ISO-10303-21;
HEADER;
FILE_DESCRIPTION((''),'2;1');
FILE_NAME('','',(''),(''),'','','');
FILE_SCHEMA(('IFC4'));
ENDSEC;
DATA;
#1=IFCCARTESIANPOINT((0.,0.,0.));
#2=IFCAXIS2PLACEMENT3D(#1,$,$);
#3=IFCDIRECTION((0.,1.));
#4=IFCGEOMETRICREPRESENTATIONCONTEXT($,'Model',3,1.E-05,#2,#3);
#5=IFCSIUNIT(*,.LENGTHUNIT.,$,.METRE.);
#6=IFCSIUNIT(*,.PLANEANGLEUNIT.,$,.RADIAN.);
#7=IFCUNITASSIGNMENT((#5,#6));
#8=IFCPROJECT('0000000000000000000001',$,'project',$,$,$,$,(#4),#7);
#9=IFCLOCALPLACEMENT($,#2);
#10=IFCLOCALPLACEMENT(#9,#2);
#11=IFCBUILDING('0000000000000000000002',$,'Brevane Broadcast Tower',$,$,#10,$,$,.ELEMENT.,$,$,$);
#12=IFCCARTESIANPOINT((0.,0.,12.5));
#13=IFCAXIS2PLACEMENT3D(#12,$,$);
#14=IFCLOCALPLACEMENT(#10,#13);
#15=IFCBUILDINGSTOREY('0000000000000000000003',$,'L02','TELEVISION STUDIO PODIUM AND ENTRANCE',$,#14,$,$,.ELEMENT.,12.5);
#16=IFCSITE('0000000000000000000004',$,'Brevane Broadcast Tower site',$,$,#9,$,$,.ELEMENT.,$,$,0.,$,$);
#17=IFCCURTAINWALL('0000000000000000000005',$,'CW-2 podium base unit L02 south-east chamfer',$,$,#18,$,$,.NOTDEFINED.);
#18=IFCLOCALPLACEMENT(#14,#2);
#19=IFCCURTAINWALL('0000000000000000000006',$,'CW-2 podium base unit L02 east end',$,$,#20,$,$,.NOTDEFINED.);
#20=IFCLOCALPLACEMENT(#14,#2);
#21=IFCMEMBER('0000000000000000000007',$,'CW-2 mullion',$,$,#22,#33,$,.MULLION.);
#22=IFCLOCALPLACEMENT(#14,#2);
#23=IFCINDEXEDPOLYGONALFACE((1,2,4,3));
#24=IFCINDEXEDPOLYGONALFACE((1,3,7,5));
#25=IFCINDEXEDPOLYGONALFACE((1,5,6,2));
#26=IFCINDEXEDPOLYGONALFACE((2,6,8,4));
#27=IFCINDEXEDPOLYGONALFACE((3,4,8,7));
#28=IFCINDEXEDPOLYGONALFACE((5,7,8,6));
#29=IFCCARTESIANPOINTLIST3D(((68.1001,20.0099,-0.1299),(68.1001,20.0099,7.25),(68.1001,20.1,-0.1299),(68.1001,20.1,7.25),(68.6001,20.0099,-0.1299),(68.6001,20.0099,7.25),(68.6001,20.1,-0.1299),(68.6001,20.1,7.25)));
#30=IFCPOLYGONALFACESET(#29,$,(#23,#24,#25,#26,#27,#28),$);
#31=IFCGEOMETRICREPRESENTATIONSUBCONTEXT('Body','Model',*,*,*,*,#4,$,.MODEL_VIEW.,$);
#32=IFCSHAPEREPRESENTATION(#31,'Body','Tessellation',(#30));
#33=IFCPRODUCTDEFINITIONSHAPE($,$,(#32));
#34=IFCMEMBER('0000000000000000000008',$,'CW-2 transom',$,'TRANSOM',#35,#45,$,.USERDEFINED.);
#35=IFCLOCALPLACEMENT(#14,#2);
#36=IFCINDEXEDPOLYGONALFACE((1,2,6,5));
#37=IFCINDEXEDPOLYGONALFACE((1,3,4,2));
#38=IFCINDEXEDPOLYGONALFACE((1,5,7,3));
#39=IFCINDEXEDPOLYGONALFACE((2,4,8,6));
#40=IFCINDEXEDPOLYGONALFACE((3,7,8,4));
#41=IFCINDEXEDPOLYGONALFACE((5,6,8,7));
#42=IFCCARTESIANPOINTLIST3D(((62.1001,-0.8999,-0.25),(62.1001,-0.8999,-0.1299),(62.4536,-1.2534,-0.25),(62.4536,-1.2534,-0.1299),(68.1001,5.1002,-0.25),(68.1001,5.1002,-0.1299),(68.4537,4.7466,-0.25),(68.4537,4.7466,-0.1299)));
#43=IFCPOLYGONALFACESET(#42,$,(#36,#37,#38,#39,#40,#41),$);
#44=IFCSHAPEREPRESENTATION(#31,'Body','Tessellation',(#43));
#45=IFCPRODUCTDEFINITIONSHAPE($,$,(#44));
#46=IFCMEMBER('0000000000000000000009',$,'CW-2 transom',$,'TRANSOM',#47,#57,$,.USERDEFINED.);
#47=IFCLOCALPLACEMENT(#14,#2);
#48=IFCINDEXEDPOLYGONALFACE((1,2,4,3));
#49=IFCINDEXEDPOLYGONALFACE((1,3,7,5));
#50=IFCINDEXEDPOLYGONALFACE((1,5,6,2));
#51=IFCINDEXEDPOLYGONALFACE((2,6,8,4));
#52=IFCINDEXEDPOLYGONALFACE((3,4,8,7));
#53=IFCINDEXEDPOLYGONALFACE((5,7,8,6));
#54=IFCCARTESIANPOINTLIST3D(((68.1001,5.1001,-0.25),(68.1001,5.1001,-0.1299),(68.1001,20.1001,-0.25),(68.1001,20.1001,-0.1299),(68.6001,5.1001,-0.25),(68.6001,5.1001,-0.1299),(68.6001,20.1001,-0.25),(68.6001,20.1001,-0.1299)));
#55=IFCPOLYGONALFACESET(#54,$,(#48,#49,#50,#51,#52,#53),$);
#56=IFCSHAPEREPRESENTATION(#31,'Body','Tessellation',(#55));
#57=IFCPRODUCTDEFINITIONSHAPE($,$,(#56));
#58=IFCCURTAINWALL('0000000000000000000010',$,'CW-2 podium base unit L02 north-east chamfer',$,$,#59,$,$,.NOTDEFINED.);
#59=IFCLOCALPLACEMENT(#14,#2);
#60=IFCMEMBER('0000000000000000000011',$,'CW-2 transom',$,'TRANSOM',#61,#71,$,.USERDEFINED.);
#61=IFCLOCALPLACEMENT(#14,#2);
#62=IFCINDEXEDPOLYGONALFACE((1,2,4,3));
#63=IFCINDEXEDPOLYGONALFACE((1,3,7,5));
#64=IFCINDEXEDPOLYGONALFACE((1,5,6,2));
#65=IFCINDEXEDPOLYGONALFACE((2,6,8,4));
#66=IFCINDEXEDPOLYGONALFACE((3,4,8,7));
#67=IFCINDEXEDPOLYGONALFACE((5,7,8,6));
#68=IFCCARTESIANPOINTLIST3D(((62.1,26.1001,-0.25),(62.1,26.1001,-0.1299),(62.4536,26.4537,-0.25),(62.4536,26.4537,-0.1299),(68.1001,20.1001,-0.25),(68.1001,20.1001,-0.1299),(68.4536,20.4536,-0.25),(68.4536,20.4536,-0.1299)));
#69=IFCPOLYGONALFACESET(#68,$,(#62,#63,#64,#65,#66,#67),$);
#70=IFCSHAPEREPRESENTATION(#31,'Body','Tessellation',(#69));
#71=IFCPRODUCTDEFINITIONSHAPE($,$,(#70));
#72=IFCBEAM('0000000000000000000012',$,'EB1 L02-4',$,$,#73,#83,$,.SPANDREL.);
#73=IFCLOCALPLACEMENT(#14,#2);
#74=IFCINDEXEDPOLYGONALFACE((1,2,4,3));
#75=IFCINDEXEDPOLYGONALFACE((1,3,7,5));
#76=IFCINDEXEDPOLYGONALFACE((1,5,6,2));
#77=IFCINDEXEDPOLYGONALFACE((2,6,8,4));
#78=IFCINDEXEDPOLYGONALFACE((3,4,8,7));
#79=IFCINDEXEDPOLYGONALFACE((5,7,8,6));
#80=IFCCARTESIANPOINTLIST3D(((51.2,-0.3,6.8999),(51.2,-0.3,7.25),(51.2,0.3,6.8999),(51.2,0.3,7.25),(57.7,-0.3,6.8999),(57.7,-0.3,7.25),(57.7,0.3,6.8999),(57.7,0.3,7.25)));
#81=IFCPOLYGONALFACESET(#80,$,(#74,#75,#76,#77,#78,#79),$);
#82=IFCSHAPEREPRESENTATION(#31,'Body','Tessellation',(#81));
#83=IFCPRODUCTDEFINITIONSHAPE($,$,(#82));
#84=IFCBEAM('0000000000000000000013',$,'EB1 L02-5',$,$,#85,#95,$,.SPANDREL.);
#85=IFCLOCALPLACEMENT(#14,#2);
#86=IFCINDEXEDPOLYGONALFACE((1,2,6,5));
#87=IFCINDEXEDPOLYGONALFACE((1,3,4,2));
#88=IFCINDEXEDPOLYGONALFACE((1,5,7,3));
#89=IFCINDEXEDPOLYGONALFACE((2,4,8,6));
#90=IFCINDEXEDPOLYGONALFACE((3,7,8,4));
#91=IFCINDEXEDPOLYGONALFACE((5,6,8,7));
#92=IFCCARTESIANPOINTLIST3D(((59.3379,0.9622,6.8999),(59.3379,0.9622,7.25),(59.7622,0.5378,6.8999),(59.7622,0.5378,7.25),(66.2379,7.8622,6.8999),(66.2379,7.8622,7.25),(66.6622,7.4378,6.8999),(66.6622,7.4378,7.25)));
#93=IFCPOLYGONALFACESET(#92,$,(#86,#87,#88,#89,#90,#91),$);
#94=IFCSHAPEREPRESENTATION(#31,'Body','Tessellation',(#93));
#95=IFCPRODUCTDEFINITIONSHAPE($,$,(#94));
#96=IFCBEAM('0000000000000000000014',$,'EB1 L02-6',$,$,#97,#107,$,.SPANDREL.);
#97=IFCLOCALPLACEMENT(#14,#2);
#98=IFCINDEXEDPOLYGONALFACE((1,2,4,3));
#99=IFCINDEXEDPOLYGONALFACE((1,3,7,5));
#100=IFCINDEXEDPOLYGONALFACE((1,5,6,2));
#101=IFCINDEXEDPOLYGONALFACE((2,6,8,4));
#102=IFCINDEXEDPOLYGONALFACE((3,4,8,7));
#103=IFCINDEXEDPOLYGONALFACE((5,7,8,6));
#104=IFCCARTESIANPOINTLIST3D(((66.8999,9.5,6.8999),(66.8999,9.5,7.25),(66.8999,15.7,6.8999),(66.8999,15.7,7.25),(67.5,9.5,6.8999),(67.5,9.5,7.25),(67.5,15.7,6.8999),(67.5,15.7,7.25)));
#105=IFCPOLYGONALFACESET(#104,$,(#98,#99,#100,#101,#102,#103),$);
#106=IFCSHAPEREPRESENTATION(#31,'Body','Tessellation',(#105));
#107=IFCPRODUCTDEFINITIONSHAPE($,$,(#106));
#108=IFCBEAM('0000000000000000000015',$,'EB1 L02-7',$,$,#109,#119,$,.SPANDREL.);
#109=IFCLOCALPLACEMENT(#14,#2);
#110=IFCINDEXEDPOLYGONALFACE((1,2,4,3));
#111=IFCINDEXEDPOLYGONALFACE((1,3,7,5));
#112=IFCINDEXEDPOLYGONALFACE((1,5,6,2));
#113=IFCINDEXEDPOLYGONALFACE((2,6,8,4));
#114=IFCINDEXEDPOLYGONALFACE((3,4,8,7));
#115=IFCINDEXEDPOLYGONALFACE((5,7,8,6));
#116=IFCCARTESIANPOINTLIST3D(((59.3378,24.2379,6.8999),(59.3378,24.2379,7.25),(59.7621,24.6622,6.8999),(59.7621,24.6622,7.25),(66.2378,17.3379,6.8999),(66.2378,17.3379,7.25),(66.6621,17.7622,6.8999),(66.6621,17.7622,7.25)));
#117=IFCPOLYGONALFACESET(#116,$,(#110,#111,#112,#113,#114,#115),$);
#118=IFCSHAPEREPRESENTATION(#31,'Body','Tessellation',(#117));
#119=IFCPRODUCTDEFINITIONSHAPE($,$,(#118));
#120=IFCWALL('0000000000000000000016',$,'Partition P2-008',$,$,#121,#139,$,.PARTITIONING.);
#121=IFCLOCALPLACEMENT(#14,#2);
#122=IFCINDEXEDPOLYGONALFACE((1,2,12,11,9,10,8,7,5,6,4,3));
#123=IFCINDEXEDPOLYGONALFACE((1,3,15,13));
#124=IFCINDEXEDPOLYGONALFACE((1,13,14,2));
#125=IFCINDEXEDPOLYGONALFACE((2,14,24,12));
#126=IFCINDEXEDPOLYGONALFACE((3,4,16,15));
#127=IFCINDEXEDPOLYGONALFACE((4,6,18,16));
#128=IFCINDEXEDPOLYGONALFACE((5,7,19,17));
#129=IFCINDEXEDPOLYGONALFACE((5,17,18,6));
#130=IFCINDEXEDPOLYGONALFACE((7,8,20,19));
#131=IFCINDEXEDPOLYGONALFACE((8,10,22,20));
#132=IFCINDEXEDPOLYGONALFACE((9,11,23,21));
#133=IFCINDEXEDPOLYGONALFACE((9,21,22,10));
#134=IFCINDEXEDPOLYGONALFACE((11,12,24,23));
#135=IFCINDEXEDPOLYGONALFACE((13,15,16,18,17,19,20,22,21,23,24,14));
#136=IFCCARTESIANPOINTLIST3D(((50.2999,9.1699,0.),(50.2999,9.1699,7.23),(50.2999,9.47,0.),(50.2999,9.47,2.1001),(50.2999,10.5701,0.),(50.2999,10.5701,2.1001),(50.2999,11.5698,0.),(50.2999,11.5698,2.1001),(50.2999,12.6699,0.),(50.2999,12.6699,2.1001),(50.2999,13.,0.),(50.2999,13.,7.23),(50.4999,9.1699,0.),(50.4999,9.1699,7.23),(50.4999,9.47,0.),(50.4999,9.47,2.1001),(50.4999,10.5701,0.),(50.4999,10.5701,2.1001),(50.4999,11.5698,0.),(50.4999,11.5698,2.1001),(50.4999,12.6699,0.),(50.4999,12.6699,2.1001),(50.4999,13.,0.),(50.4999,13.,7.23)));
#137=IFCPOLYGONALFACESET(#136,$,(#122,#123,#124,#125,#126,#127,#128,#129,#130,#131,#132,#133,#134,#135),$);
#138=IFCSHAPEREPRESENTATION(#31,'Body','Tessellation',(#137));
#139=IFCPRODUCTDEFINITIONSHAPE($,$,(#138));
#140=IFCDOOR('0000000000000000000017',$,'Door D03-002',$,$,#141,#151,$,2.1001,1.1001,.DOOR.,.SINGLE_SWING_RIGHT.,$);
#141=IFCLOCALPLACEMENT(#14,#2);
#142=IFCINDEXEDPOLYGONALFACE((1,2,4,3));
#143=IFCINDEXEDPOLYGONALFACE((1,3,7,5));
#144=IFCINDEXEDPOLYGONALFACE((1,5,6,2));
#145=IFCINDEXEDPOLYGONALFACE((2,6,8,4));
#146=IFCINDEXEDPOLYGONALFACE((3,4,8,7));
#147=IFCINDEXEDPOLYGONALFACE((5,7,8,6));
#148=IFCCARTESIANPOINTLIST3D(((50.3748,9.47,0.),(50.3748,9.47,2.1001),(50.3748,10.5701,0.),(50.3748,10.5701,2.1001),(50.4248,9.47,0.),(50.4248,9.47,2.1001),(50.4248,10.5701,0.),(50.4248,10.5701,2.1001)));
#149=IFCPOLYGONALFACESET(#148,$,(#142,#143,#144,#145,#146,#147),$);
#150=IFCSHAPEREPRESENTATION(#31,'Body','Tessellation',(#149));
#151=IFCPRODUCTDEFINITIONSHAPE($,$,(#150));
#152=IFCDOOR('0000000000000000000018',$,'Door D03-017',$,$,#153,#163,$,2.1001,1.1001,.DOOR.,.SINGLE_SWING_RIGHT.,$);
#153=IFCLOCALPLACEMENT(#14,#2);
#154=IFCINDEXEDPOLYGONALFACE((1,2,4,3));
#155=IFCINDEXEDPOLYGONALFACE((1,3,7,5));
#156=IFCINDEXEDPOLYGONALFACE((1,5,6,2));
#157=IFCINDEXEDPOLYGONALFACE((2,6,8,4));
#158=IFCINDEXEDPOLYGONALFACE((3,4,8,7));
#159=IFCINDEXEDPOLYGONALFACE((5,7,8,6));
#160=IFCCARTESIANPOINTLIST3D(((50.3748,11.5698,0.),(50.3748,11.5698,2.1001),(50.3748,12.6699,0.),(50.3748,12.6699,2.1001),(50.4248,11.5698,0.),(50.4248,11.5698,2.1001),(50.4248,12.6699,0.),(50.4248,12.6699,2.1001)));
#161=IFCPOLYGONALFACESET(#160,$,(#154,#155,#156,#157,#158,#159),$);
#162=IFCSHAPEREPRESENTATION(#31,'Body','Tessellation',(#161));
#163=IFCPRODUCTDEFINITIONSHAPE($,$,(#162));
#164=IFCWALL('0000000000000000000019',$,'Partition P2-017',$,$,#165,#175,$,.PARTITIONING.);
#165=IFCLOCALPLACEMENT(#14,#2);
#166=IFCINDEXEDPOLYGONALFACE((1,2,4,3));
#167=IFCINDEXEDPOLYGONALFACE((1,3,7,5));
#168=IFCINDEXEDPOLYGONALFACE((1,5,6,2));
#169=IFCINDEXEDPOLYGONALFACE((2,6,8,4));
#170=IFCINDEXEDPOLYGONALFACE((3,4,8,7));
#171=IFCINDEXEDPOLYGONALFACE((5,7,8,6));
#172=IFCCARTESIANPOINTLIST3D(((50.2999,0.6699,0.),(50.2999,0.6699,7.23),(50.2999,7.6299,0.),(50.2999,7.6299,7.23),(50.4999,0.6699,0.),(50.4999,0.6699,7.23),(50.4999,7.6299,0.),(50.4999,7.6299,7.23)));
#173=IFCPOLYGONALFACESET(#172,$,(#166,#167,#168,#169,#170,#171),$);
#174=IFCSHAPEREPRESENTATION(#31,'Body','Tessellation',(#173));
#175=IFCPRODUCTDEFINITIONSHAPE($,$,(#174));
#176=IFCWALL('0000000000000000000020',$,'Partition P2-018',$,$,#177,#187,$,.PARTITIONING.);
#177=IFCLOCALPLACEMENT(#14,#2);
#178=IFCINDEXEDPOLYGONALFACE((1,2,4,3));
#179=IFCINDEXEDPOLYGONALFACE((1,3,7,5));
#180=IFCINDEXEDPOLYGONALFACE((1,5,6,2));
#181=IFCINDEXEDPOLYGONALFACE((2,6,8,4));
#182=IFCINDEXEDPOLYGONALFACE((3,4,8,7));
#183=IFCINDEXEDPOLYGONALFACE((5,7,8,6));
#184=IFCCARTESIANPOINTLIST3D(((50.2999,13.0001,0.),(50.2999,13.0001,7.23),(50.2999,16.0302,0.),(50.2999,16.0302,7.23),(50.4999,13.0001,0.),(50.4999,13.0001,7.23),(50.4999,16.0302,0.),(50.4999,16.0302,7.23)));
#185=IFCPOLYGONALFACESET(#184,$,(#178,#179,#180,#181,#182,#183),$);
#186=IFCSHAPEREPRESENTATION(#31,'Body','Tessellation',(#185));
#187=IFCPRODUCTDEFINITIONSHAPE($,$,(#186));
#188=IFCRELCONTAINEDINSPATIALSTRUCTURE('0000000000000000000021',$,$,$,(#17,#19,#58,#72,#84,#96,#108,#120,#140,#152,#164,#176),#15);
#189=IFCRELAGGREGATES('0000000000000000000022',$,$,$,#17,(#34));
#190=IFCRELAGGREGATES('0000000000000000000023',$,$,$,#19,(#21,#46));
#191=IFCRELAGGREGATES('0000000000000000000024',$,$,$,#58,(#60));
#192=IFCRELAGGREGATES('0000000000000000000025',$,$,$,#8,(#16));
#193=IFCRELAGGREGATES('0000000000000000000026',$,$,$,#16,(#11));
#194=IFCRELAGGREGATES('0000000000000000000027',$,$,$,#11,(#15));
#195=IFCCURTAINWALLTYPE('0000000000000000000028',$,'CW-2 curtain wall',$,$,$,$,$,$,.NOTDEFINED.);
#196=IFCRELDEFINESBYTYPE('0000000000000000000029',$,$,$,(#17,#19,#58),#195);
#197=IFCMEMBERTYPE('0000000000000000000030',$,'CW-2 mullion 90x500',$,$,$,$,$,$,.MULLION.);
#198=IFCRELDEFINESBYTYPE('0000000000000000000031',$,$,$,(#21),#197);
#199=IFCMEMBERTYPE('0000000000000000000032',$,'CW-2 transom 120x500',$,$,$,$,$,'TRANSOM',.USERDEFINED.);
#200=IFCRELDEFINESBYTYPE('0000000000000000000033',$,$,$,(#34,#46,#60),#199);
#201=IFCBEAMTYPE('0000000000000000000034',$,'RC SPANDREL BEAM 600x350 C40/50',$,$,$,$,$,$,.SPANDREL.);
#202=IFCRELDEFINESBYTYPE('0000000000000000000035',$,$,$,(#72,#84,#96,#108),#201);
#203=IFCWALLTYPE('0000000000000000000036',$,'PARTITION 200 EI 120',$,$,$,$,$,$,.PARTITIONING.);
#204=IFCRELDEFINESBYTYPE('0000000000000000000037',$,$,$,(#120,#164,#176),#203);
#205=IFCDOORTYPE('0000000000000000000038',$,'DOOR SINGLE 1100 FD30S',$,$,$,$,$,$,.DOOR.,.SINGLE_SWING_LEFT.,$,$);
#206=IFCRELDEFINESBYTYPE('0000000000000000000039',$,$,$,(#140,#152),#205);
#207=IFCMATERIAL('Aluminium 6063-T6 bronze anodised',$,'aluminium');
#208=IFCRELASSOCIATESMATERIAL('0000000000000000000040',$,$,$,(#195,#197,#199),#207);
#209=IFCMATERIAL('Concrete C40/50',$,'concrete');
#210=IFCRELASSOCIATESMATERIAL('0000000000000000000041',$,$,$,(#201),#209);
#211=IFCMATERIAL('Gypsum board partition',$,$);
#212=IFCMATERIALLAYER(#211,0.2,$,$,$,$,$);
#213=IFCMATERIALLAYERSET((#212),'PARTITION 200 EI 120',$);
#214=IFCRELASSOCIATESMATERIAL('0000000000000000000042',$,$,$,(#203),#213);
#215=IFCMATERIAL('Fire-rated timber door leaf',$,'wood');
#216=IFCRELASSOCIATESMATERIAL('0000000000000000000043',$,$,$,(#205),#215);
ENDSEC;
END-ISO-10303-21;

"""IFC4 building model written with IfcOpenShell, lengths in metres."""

from ifc_helpers import new_model, si_unit, direction, frame, frame_2d, origin, origin_2d, place, context, subcontext, project, spatial, rectangle, extrude, material, layer, layer_set, material_profile, profile_set, type_object, element, fill, aggregate, save


model = new_model("IFC4")

# Units and contexts
model_context = context("Model", 3, precision=1e-05, world=origin(), true_north=direction((0.0, 1.0)))
body_context = subcontext(model_context, "Body", "Model", "MODEL_VIEW")
ifc_project = project(units=[si_unit("LENGTHUNIT", "METRE"), si_unit("PLANEANGLEUNIT", "RADIAN")], contexts=[model_context])

# Site, building, storey
site_placement = place(None, origin())
site = spatial("IfcSite", under=ifc_project, at=site_placement, Name="Brevane Broadcast Tower site", CompositionType="ELEMENT", RefElevation=0.0)
building_placement = place(site_placement, origin())
building = spatial("IfcBuilding", under=site, at=building_placement, Name="Brevane Broadcast Tower", CompositionType="ELEMENT")
storey_placement = place(building_placement, frame((0.0, 0.0, 12.5)))
storey = spatial("IfcBuildingStorey", under=building, at=storey_placement, Name="L02", Description="TELEVISION STUDIO PODIUM AND ENTRANCE", CompositionType="ELEMENT", Elevation=12.5)

# Curtain walls, member
ifc_material_1 = material(Name="Aluminium 6063-T6 bronze anodised", Category="aluminium")
curtain_wall_type = type_object("IfcCurtainWallType", Name="CW-2 curtain wall", PredefinedType="NOTDEFINED", material=ifc_material_1)
ifc_material_profile_1 = material_profile(ifc_material_1, rectangle(XDim=0.5, YDim=0.0901, at=origin_2d()), Name="RECT 90x500")
ifc_profile_set_1 = profile_set([ifc_material_profile_1], Name="Aluminium 6063-T6 bronze anodised")
member_type_1 = type_object("IfcMemberType", Name="CW-2 mullion 90x500", PredefinedType="MULLION", material=ifc_profile_set_1)
curtain_wall_1_placement = place(storey_placement, origin())
curtain_wall_1 = element("IfcCurtainWall", 1, at=curtain_wall_1_placement, inside=storey, type_object=curtain_wall_type, Name="CW-2 podium base unit L02 south-east chamfer", PredefinedType="NOTDEFINED")
curtain_wall_2_placement = place(storey_placement, origin())
curtain_wall_2 = element("IfcCurtainWall", 2, at=curtain_wall_2_placement, inside=storey, type_object=curtain_wall_type, Name="CW-2 podium base unit L02 east end", PredefinedType="NOTDEFINED")
member_1_placement = place(storey_placement, frame((68.3501, 20.0549, -0.1299), z_axis=(0.0, 0.0, 1.0), x_axis=(-1.0, 0.0, 0.0)))
member_1 = element("IfcMember", 3, at=member_1_placement, type_object=member_type_1, Name="CW-2 mullion", PredefinedType="MULLION", context=body_context, shape_type="SweptSolid", body=[
    extrude(rectangle(XDim=0.5, YDim=0.0901, at=origin_2d()), origin(), (0.0, 0.0, 1.0), 7.3799),
])

# Members
ifc_material_profile_2 = material_profile(ifc_material_1, rectangle(XDim=0.5, YDim=0.1201, at=origin_2d()), Name="RECT 120x500")
ifc_profile_set_2 = profile_set([ifc_material_profile_2], Name="Aluminium 6063-T6 bronze anodised")
member_type_2 = type_object("IfcMemberType", Name="CW-2 transom 120x500", ElementType="TRANSOM", PredefinedType="USERDEFINED", material=ifc_profile_set_2)
member_2_placement = place(storey_placement, frame((62.2769, -1.0767, -0.1899), z_axis=(0.707107, 0.707107, 0.0), x_axis=(-0.707107, 0.707107, 0.0)))
member_2 = element("IfcMember", 4, at=member_2_placement, type_object=member_type_2, Name="CW-2 transom", ObjectType="TRANSOM", PredefinedType="USERDEFINED", context=body_context, shape_type="SweptSolid", body=[
    extrude(rectangle(XDim=0.5, YDim=0.1201, at=origin_2d()), origin(), (0.0, 0.0, 1.0), 8.4854),
])
aggregate(curtain_wall_1, [member_2])
member_3_placement = place(storey_placement, frame((68.3501, 5.1001, -0.1899), z_axis=(0.0, 1.0, 0.0), x_axis=(-1.0, 0.0, 0.0)))
member_3 = element("IfcMember", 5, at=member_3_placement, type_object=member_type_2, Name="CW-2 transom", ObjectType="TRANSOM", PredefinedType="USERDEFINED", context=body_context, shape_type="SweptSolid", body=[
    extrude(rectangle(XDim=0.5, YDim=0.1201, at=origin_2d()), origin(), (0.0, 0.0, 1.0), 15.0),
])
aggregate(curtain_wall_2, [member_1, member_3])

# Curtain wall, member
curtain_wall_3_placement = place(storey_placement, origin())
curtain_wall_3 = element("IfcCurtainWall", 6, at=curtain_wall_3_placement, inside=storey, type_object=curtain_wall_type, Name="CW-2 podium base unit L02 north-east chamfer", PredefinedType="NOTDEFINED")
member_4_placement = place(storey_placement, frame((68.2769, 20.2769, -0.1899), z_axis=(-0.707107, 0.707107, 0.0), x_axis=(-0.707107, -0.707107, 0.0)))
member_4 = element("IfcMember", 7, at=member_4_placement, type_object=member_type_2, Name="CW-2 transom", ObjectType="TRANSOM", PredefinedType="USERDEFINED", context=body_context, shape_type="SweptSolid", body=[
    extrude(rectangle(XDim=0.5, YDim=0.1201, at=origin_2d()), origin(), (0.0, 0.0, 1.0), 8.4854),
])
aggregate(curtain_wall_3, [member_4])

# Beams
ifc_material_2 = material(Name="Concrete C40/50", Category="concrete")
ifc_material_profile_3 = material_profile(ifc_material_2, rectangle(XDim=0.6001, YDim=0.3501, at=origin_2d()), Name="RC 600x350")
ifc_profile_set_3 = profile_set([ifc_material_profile_3], Name="Concrete C40/50")
beam_type = type_object("IfcBeamType", Name="RC SPANDREL BEAM 600x350 C40/50", PredefinedType="SPANDREL", material=ifc_profile_set_3)
beam_1_placement = place(storey_placement, frame((51.2, 0.0, 7.075), z_axis=(1.0, 0.0, 0.0), x_axis=(0.0, 1.0, 0.0)))
element("IfcBeam", 8, at=beam_1_placement, inside=storey, type_object=beam_type, Name="EB1 L02-4", PredefinedType="SPANDREL", context=body_context, shape_type="SweptSolid", body=[
    extrude(rectangle(XDim=0.6001, YDim=0.3501, at=origin_2d()), origin(), (0.0, 0.0, 1.0), 6.5),
])
beam_2_placement = place(storey_placement, frame((59.55, 0.75, 7.075), z_axis=(0.707107, 0.707107, 0.0), x_axis=(-0.707107, 0.707107, 0.0)))
element("IfcBeam", 9, at=beam_2_placement, inside=storey, type_object=beam_type, Name="EB1 L02-5", PredefinedType="SPANDREL", context=body_context, shape_type="SweptSolid", body=[
    extrude(rectangle(XDim=0.6001, YDim=0.3501, at=origin_2d()), origin(), (0.0, 0.0, 1.0), 9.7581),
])
beam_3_placement = place(storey_placement, frame((67.2, 9.5, 7.075), z_axis=(0.0, 1.0, 0.0), x_axis=(-1.0, 0.0, 0.0)))
element("IfcBeam", 10, at=beam_3_placement, inside=storey, type_object=beam_type, Name="EB1 L02-6", PredefinedType="SPANDREL", context=body_context, shape_type="SweptSolid", body=[
    extrude(rectangle(XDim=0.6001, YDim=0.3501, at=origin_2d()), origin(), (0.0, 0.0, 1.0), 6.2),
])
beam_4_placement = place(storey_placement, frame((66.45, 17.55, 7.075), z_axis=(-0.707107, 0.707107, 0.0), x_axis=(-0.707107, -0.707107, 0.0)))
element("IfcBeam", 11, at=beam_4_placement, inside=storey, type_object=beam_type, Name="EB1 L02-7", PredefinedType="SPANDREL", context=body_context, shape_type="SweptSolid", body=[
    extrude(rectangle(XDim=0.6001, YDim=0.3501, at=origin_2d()), origin(), (0.0, 0.0, 1.0), 9.7581),
])

# Wall, openings, doors
ifc_material_3 = material(Name="Gypsum board partition")
ifc_layer = layer(ifc_material_3, 0.2)
ifc_layer_set = layer_set([ifc_layer], Name="PARTITION 200 EI 120")
wall_type = type_object("IfcWallType", Name="PARTITION 200 EI 120", PredefinedType="PARTITIONING", material=ifc_layer_set)
wall_1_placement = place(storey_placement, frame((50.3999, 13.0, 0.0), z_axis=(0.0, 0.0, 1.0), x_axis=(0.0, -1.0, 0.0)))
wall_1 = element("IfcWall", 12, at=wall_1_placement, inside=storey, type_object=wall_type, Name="Partition P2-008", PredefinedType="PARTITIONING", context=body_context, shape_type="SweptSolid", body=[
    extrude(rectangle(XDim=3.8301, YDim=0.2, at=frame_2d((1.915, 0.0))), origin(), (0.0, 0.0, 1.0), 7.23),
])
opening_1_placement = place(wall_1_placement, frame((2.4299, 0.0, 0.0)))
opening_1 = element("IfcOpeningElement", 13, at=opening_1_placement, cuts=wall_1, PredefinedType="OPENING", context=body_context, shape_type="SweptSolid", body=[
    extrude(rectangle(XDim=1.1001, YDim=2.1001, at=frame_2d((0.55, 1.05))), frame((0.0, 0.1099, 0.0), z_axis=(0.0, -1.0, 0.0), x_axis=(1.0, 0.0, 0.0)), (0.0, 0.0, 1.0), 0.22),
])
opening_2_placement = place(wall_1_placement, frame((0.3301, 0.0, 0.0)))
opening_2 = element("IfcOpeningElement", 14, at=opening_2_placement, cuts=wall_1, PredefinedType="OPENING", context=body_context, shape_type="SweptSolid", body=[
    extrude(rectangle(XDim=1.1001, YDim=2.1001, at=frame_2d((0.55, 1.05))), frame((0.0, 0.1099, 0.0), z_axis=(0.0, -1.0, 0.0), x_axis=(1.0, 0.0, 0.0)), (0.0, 0.0, 1.0), 0.22),
])
ifc_material_4 = material(Name="Fire-rated timber door leaf", Category="wood")
door_type = type_object("IfcDoorType", Name="DOOR SINGLE 1100 FD30S", OperationType="SINGLE_SWING_LEFT", PredefinedType="DOOR", material=ifc_material_4)
door_1_placement = place(opening_1_placement, origin())
door_1 = element("IfcDoor", 15, at=door_1_placement, inside=storey, type_object=door_type, Name="Door D03-002", OperationType="SINGLE_SWING_RIGHT", OverallHeight=2.1001, OverallWidth=1.1001, PredefinedType="DOOR", context=body_context, shape_type="SweptSolid", body=[
    extrude(rectangle(XDim=1.1001, YDim=2.1001, at=frame_2d((0.55, 1.05))), frame((0.0, 0.0249, 0.0), z_axis=(0.0, -1.0, 0.0), x_axis=(1.0, 0.0, 0.0)), (0.0, 0.0, 1.0), 0.05),
])
fill(opening_1, door_1)
door_2_placement = place(opening_2_placement, origin())
door_2 = element("IfcDoor", 16, at=door_2_placement, inside=storey, type_object=door_type, Name="Door D03-017", OperationType="SINGLE_SWING_RIGHT", OverallHeight=2.1001, OverallWidth=1.1001, PredefinedType="DOOR", context=body_context, shape_type="SweptSolid", body=[
    extrude(rectangle(XDim=1.1001, YDim=2.1001, at=frame_2d((0.55, 1.05))), frame((0.0, 0.0249, 0.0), z_axis=(0.0, -1.0, 0.0), x_axis=(1.0, 0.0, 0.0)), (0.0, 0.0, 1.0), 0.05),
])
fill(opening_2, door_2)

# Walls
wall_2_placement = place(storey_placement, frame((50.3999, 0.6699, 0.0), z_axis=(0.0, 0.0, 1.0), x_axis=(0.0, 1.0, 0.0)))
element("IfcWall", 17, at=wall_2_placement, inside=storey, type_object=wall_type, Name="Partition P2-017", PredefinedType="PARTITIONING", context=body_context, shape_type="SweptSolid", body=[
    extrude(rectangle(XDim=6.96, YDim=0.2, at=frame_2d((3.48, 0.0))), origin(), (0.0, 0.0, 1.0), 7.23),
])
wall_3_placement = place(storey_placement, frame((50.3999, 13.0, 0.0), z_axis=(0.0, 0.0, 1.0), x_axis=(0.0, 1.0, 0.0)))
element("IfcWall", 18, at=wall_3_placement, inside=storey, type_object=wall_type, Name="Partition P2-018", PredefinedType="PARTITIONING", context=body_context, shape_type="SweptSolid", body=[
    extrude(rectangle(XDim=3.03, YDim=0.2, at=frame_2d((1.5151, 0.0))), origin(), (0.0, 0.0, 1.0), 7.23),
])

save(model, "model.ifc")
